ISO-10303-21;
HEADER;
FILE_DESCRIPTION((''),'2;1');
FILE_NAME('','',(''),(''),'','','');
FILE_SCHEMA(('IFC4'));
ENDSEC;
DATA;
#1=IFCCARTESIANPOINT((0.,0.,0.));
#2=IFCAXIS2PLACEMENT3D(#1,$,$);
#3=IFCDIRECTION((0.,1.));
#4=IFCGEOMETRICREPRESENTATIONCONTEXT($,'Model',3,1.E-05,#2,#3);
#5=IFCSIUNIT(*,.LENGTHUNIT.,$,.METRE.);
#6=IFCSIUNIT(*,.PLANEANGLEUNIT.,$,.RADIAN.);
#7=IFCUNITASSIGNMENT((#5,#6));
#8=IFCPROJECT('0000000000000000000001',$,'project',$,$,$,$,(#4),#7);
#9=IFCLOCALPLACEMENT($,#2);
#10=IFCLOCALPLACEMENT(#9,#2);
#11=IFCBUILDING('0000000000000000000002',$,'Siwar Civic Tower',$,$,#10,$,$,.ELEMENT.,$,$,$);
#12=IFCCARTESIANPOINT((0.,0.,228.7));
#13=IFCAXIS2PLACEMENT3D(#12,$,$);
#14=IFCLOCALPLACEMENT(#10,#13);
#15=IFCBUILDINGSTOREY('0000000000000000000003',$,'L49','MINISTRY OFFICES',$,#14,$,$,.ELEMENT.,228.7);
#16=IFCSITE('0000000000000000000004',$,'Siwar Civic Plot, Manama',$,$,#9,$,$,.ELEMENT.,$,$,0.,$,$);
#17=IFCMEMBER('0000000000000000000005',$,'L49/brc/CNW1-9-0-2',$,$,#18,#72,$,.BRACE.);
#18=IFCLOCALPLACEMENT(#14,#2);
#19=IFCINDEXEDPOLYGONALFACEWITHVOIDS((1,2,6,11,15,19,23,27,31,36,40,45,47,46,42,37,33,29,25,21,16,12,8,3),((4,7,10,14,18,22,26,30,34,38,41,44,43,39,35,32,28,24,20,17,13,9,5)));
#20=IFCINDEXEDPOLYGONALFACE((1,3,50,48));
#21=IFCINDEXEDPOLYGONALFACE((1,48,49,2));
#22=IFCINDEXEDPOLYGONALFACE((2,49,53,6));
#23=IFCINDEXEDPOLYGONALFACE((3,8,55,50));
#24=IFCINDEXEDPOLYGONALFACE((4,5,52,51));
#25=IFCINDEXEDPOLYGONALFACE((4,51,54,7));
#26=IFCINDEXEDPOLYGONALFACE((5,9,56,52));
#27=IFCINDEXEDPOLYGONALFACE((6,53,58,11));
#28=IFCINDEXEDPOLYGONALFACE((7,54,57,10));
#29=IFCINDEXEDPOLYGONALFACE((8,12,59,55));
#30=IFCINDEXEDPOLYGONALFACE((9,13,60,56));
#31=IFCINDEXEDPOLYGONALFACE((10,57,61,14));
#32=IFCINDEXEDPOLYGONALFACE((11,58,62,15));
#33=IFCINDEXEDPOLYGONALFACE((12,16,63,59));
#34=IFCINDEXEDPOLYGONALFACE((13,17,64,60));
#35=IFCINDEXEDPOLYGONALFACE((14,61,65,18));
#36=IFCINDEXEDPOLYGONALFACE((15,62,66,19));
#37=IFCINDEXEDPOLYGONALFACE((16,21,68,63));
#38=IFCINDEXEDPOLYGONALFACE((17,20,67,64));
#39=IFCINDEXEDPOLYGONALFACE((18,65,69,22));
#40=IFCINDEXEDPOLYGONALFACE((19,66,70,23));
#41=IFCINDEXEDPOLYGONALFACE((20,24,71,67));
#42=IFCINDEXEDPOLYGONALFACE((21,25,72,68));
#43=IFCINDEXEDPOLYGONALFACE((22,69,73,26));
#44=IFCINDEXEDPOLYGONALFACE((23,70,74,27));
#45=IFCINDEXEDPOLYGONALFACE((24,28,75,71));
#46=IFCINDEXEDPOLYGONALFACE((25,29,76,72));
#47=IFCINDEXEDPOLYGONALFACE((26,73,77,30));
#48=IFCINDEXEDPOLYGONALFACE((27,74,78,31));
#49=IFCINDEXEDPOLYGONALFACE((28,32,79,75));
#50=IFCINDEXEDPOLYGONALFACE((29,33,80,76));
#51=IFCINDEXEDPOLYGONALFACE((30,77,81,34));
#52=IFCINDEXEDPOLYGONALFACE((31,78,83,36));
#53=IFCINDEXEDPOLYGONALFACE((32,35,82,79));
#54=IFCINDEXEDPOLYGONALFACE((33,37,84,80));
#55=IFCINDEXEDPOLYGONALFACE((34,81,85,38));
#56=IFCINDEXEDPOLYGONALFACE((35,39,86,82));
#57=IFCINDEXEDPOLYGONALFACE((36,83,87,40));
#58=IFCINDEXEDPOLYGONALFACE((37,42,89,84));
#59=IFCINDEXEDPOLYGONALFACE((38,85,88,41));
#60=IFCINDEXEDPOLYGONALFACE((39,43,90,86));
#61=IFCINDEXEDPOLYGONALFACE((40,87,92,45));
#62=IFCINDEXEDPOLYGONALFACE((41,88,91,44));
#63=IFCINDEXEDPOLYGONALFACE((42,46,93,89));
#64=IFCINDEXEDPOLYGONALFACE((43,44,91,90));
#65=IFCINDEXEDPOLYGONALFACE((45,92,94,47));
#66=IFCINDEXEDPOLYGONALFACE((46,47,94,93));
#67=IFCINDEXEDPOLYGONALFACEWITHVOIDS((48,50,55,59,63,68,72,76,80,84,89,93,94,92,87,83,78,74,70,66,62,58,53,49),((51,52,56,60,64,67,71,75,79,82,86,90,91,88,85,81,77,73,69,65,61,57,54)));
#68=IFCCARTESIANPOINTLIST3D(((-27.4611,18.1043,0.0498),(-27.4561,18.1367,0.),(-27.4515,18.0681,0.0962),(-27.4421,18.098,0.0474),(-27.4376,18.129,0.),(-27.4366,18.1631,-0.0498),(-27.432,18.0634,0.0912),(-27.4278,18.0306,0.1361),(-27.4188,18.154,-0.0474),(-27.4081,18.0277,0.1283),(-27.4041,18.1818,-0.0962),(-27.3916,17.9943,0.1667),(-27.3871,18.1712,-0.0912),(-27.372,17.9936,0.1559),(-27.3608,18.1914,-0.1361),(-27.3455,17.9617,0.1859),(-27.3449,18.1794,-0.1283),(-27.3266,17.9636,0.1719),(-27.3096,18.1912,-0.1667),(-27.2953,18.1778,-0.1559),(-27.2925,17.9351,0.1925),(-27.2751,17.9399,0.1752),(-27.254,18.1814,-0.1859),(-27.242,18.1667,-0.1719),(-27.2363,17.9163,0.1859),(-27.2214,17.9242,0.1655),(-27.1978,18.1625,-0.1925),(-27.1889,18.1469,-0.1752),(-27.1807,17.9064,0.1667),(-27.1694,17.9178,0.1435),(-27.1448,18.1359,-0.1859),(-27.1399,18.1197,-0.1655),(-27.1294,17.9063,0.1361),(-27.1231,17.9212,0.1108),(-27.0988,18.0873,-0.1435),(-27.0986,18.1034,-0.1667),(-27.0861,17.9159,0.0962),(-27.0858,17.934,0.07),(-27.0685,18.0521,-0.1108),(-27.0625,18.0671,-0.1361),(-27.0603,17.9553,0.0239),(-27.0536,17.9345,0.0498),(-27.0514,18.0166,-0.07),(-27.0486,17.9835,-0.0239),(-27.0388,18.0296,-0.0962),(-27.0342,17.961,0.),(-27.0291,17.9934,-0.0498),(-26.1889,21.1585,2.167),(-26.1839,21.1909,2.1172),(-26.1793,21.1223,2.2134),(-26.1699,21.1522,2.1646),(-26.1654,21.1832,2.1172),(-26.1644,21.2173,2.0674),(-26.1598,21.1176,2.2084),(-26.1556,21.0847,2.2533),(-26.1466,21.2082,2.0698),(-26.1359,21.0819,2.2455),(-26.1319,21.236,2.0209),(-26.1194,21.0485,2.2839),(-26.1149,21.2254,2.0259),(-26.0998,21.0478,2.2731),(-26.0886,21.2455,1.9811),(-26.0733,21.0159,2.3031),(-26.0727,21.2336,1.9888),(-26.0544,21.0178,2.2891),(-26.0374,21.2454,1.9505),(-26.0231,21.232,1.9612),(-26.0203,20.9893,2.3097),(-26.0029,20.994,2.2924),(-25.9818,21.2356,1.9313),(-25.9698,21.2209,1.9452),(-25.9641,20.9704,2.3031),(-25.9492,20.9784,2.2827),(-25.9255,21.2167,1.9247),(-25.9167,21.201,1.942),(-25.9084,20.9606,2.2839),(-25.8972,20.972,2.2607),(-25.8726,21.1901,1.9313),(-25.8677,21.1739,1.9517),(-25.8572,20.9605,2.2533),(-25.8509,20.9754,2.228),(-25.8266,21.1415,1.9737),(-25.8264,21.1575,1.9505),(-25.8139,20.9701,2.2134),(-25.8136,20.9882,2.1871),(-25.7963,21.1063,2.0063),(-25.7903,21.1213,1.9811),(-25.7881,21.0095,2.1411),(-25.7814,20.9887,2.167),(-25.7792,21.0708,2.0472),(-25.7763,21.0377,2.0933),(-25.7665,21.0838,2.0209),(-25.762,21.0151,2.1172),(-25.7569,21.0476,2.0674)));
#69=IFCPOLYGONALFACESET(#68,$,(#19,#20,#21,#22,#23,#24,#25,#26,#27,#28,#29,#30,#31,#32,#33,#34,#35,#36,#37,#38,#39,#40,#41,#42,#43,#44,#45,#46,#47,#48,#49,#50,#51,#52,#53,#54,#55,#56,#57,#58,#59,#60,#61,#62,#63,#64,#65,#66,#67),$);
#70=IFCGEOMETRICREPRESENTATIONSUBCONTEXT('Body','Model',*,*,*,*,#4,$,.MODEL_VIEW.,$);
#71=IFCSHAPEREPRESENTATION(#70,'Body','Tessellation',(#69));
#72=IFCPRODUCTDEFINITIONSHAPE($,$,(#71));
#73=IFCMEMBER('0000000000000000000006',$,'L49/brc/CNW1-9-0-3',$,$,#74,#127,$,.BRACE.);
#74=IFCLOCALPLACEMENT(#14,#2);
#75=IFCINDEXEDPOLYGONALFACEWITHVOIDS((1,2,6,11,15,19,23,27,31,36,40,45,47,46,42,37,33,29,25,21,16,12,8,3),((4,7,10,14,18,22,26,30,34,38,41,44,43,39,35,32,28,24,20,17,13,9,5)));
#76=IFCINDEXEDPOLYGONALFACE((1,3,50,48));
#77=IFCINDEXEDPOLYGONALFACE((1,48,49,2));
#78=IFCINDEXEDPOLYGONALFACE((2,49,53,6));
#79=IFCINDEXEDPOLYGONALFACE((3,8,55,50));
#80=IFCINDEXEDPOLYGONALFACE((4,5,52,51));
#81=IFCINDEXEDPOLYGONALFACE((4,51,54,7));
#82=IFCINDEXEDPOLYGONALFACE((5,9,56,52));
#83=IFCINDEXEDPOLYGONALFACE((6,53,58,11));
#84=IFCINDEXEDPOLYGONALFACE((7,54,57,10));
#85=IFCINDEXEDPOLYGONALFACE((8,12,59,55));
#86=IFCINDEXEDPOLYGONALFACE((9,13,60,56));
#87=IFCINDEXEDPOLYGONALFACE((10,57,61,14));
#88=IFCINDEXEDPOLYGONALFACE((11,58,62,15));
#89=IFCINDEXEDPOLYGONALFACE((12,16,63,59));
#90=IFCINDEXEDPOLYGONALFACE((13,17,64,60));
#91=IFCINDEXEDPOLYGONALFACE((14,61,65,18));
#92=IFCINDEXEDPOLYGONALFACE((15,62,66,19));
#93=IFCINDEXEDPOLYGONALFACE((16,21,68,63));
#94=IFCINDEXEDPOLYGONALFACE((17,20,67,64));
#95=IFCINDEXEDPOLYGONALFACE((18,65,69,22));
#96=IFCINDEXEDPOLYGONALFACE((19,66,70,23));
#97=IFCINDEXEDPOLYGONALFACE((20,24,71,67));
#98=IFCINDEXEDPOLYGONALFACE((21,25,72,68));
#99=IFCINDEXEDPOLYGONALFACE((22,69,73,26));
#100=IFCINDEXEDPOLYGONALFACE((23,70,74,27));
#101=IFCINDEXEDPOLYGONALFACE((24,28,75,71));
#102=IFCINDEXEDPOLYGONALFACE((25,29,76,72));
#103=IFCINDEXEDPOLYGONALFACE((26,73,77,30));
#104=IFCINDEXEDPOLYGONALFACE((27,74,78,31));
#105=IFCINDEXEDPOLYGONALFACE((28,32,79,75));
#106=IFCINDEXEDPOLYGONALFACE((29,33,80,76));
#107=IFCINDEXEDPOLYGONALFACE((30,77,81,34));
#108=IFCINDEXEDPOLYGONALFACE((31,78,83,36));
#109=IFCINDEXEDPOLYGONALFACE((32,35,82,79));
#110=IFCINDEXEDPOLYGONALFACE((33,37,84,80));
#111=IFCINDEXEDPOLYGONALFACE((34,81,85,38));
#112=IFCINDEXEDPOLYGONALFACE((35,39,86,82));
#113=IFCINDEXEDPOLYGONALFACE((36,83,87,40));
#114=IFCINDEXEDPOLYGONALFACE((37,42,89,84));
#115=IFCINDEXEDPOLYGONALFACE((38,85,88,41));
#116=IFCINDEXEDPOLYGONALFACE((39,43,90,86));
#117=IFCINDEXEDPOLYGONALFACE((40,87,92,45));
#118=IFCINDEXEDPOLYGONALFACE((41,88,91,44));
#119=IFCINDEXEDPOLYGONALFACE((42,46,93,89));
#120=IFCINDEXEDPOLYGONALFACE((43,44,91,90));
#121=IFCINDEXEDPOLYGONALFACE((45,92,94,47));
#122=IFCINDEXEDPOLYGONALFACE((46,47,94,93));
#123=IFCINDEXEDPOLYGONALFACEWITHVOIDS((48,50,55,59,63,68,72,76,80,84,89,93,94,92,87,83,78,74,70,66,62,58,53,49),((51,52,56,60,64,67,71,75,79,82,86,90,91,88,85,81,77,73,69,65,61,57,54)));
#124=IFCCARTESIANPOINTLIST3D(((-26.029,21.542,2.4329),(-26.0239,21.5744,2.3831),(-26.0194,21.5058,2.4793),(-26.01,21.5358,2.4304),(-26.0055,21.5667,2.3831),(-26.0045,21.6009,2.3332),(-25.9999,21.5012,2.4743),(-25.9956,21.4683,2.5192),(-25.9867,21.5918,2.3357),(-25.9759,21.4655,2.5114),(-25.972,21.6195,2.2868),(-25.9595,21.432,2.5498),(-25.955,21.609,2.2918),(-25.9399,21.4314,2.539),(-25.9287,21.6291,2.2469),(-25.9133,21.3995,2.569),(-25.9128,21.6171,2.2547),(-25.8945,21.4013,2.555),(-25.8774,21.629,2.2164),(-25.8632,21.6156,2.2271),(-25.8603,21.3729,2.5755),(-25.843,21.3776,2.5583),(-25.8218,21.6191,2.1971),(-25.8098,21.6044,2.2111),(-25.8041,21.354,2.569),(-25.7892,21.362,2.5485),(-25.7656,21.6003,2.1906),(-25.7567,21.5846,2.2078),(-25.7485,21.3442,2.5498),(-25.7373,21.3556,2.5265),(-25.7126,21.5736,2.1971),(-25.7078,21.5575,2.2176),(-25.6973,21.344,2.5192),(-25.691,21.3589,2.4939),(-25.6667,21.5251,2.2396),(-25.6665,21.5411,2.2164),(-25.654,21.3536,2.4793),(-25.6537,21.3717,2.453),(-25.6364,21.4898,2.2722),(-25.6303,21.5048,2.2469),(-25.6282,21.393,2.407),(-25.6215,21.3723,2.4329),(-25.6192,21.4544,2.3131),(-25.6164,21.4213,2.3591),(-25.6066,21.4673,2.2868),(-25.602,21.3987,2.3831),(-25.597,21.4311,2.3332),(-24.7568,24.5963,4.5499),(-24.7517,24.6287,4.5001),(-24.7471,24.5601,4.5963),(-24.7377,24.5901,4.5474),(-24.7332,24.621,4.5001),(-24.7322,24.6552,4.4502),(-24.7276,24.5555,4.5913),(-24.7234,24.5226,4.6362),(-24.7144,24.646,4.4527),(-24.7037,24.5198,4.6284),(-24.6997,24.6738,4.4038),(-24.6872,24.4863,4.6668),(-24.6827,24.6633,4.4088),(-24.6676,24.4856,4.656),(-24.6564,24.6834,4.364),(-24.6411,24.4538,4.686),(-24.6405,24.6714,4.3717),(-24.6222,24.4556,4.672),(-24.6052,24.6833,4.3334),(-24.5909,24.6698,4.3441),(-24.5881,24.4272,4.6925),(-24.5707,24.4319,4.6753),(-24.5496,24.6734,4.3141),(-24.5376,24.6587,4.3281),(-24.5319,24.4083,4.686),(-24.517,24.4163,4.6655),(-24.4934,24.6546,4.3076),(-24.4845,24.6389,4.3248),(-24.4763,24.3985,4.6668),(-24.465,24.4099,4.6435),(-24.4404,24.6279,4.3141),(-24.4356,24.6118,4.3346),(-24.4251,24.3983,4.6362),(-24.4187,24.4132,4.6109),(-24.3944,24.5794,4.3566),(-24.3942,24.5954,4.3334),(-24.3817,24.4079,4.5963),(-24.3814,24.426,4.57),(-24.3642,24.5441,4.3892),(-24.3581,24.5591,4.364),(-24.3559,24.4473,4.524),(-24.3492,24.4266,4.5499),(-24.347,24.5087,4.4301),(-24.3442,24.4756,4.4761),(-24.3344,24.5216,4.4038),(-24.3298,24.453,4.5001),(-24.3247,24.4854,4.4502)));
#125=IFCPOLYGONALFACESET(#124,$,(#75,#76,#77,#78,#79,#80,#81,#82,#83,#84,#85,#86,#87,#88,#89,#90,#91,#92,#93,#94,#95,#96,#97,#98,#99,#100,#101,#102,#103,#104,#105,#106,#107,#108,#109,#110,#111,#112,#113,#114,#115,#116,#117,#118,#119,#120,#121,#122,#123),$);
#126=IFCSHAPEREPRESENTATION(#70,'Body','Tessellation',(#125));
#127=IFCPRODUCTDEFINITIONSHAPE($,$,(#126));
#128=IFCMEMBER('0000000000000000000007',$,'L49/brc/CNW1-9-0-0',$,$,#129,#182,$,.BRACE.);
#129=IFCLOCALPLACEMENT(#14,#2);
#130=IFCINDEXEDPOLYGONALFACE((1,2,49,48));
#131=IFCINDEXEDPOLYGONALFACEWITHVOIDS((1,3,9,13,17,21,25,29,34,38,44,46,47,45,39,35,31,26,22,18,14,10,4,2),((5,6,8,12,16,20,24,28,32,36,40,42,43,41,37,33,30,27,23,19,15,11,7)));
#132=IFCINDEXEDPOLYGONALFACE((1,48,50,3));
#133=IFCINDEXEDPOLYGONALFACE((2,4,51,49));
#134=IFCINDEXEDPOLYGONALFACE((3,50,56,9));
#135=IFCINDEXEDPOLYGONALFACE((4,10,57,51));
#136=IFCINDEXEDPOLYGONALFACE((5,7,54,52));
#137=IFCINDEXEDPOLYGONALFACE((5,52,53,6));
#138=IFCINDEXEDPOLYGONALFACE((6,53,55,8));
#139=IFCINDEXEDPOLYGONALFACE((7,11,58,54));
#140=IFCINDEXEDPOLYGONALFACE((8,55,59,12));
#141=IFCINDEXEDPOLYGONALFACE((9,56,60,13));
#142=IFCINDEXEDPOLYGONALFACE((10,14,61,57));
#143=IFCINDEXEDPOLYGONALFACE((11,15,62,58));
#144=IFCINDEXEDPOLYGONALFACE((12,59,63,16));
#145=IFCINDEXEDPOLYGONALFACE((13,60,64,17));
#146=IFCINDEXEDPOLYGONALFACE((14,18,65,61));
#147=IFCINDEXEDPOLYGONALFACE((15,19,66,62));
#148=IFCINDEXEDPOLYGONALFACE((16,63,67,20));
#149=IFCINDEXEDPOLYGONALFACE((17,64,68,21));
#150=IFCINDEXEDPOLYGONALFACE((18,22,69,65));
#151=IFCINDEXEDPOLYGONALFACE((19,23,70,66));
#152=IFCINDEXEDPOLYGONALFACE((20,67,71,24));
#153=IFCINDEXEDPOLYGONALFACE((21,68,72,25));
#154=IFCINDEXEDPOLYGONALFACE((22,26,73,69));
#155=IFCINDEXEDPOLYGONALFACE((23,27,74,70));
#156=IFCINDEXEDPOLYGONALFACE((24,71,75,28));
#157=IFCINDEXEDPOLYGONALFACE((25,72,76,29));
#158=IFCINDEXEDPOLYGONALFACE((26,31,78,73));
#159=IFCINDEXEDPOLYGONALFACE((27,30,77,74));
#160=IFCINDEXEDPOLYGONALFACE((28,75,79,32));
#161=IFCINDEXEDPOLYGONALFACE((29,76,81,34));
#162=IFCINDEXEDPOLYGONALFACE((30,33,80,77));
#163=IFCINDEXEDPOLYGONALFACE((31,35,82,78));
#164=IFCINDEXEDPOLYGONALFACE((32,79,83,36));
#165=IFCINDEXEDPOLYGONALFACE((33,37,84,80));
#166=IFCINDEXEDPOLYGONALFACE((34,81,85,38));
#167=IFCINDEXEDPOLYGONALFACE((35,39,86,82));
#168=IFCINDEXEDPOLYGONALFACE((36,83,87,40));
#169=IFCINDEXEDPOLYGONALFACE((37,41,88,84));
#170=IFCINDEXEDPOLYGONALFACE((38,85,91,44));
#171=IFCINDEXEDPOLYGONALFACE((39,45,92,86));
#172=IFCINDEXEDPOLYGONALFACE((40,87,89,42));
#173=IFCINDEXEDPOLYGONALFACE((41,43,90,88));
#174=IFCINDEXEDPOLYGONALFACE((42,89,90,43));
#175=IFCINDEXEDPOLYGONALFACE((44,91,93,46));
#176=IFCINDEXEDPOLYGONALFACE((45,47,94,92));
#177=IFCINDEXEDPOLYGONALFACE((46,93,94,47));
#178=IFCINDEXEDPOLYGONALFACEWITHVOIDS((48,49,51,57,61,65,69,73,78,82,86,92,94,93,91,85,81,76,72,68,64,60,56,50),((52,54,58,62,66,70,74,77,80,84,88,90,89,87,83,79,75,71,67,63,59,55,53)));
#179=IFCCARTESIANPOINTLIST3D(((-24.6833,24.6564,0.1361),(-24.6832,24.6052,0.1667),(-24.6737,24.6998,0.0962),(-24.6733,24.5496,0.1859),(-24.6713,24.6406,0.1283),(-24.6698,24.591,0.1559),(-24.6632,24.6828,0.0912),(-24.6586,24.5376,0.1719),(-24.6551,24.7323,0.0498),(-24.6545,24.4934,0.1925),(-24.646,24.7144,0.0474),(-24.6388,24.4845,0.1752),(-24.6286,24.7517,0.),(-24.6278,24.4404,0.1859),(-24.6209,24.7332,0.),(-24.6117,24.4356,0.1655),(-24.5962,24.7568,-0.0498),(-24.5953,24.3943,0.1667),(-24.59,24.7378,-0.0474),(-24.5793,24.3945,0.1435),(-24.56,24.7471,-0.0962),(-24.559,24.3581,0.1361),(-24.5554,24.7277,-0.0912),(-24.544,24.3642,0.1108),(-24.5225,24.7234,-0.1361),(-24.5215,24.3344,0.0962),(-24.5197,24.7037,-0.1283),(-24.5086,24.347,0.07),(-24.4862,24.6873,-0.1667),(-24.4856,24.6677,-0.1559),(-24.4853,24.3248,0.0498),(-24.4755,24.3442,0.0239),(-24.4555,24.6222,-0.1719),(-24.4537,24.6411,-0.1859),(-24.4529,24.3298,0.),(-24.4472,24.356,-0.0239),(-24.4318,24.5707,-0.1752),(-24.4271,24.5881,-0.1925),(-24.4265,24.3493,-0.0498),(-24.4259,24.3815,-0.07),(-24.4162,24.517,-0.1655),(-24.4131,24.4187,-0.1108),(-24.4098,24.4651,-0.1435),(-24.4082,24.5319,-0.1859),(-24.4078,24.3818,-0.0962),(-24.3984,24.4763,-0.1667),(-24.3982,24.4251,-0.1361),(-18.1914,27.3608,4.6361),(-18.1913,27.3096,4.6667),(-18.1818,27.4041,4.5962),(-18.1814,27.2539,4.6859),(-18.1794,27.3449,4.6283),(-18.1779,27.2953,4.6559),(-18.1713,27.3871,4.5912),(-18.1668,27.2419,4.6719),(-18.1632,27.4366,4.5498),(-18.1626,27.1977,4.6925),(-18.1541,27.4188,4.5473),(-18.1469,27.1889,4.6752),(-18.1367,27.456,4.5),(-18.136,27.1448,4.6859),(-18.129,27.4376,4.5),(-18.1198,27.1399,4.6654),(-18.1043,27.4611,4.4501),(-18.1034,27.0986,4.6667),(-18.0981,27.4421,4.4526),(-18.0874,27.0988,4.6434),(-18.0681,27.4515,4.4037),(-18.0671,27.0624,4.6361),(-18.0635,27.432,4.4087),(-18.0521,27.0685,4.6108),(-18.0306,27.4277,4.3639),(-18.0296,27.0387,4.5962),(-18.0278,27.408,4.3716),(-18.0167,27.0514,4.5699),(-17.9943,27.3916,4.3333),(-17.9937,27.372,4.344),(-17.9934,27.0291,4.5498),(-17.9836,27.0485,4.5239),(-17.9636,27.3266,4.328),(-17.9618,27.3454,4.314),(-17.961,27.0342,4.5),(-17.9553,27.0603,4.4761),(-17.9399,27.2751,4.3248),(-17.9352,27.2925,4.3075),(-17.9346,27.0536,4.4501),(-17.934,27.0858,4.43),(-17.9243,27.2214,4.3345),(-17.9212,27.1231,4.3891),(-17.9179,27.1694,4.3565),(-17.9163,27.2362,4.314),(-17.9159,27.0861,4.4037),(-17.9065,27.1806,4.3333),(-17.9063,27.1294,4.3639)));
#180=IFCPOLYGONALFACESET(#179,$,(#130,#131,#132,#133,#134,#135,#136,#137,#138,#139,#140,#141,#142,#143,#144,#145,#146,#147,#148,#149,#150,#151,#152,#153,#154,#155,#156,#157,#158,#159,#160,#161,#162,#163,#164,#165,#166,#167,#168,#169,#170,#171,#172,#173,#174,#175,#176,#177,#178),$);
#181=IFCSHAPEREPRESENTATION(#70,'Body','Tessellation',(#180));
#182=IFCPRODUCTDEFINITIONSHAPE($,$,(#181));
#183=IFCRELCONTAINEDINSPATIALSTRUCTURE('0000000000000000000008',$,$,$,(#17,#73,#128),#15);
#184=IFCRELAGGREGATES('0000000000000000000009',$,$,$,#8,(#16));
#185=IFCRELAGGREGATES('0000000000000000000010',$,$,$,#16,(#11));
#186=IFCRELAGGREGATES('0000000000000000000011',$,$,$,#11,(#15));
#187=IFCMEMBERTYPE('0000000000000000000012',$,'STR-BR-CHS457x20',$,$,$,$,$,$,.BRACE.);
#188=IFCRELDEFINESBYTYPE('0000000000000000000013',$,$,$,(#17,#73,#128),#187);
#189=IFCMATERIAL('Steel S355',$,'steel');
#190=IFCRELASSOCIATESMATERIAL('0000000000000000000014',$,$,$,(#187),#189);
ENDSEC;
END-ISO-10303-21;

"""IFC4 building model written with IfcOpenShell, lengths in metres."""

from ifc_helpers import new_model, si_unit, direction, frame, origin, origin_2d, place, context, subcontext, project, spatial, hollow_circle, extrude, material, material_profile, profile_set, type_object, element, save


model = new_model("IFC4")

# Units and contexts
model_context = context("Model", 3, precision=1e-05, world=origin(), true_north=direction((0.0, 1.0)))
body_context = subcontext(model_context, "Body", "Model", "MODEL_VIEW")
ifc_project = project(units=[si_unit("LENGTHUNIT", "METRE"), si_unit("PLANEANGLEUNIT", "RADIAN")], contexts=[model_context])

# Site, building, storey
site_placement = place(None, origin())
site = spatial("IfcSite", under=ifc_project, at=site_placement, Name="Siwar Civic Plot, Manama", CompositionType="ELEMENT", RefElevation=0.0)
building_placement = place(site_placement, origin())
building = spatial("IfcBuilding", under=site, at=building_placement, Name="Siwar Civic Tower", CompositionType="ELEMENT")
storey_placement = place(building_placement, frame((0.0, 0.0, 228.7)))
storey = spatial("IfcBuildingStorey", under=building, at=storey_placement, Name="L49", Description="MINISTRY OFFICES", CompositionType="ELEMENT", Elevation=228.7)

# Members
ifc_material_1 = material(Name="Steel S355", Category="steel")
ifc_material_profile_1 = material_profile(ifc_material_1, hollow_circle(Radius=0.2285, WallThickness=0.02, at=origin_2d()), Name="CHS457x20")
ifc_profile_set_1 = profile_set([ifc_material_profile_1], Name="Steel S355")
member_type_1 = type_object("IfcMemberType", Name="STR-BR-CHS457x20", PredefinedType="BRACE", material=ifc_profile_set_1)
for number, where, z_axis, x_axis, name in (
    (1, (-27.2451, 18.0488, 0.0), (0.323884, 0.777546, 0.538999), (-0.923116, 0.384521, 0.0), "L49/brc/CNW1-9-0-2"),
    (2, (-25.813, 21.4866, 2.3831), (0.323895, 0.777572, 0.538955), (-0.923116, 0.384521, 0.0), "L49/brc/CNW1-9-0-3"),
):
    element("IfcMember", number, at=place(storey_placement, frame(where, z_axis=z_axis, x_axis=x_axis)), inside=storey, type_object=member_type_1, Name=name, PredefinedType="BRACE", context=body_context, shape_type="SweptSolid", body=[
        extrude(hollow_circle(Radius=0.2285, WallThickness=0.02, at=origin_2d()), origin(), (0.0, 0.0, 1.0), 3.928),
    ])
member_1_placement = place(storey_placement, frame((-24.5408, 24.5408, 0.0), z_axis=(0.777555, 0.323906, 0.538975), x_axis=(-0.384539, 0.923109, 0.0)))
element("IfcMember", 3, at=member_1_placement, inside=storey, type_object=member_type_1, Name="L49/brc/CNW1-9-0-0", PredefinedType="BRACE", context=body_context, shape_type="SweptSolid", body=[
    extrude(hollow_circle(Radius=0.2285, WallThickness=0.02, at=origin_2d()), origin(), (0.0, 0.0, 1.0), 8.3491),
])

save(model, "model.ifc")
